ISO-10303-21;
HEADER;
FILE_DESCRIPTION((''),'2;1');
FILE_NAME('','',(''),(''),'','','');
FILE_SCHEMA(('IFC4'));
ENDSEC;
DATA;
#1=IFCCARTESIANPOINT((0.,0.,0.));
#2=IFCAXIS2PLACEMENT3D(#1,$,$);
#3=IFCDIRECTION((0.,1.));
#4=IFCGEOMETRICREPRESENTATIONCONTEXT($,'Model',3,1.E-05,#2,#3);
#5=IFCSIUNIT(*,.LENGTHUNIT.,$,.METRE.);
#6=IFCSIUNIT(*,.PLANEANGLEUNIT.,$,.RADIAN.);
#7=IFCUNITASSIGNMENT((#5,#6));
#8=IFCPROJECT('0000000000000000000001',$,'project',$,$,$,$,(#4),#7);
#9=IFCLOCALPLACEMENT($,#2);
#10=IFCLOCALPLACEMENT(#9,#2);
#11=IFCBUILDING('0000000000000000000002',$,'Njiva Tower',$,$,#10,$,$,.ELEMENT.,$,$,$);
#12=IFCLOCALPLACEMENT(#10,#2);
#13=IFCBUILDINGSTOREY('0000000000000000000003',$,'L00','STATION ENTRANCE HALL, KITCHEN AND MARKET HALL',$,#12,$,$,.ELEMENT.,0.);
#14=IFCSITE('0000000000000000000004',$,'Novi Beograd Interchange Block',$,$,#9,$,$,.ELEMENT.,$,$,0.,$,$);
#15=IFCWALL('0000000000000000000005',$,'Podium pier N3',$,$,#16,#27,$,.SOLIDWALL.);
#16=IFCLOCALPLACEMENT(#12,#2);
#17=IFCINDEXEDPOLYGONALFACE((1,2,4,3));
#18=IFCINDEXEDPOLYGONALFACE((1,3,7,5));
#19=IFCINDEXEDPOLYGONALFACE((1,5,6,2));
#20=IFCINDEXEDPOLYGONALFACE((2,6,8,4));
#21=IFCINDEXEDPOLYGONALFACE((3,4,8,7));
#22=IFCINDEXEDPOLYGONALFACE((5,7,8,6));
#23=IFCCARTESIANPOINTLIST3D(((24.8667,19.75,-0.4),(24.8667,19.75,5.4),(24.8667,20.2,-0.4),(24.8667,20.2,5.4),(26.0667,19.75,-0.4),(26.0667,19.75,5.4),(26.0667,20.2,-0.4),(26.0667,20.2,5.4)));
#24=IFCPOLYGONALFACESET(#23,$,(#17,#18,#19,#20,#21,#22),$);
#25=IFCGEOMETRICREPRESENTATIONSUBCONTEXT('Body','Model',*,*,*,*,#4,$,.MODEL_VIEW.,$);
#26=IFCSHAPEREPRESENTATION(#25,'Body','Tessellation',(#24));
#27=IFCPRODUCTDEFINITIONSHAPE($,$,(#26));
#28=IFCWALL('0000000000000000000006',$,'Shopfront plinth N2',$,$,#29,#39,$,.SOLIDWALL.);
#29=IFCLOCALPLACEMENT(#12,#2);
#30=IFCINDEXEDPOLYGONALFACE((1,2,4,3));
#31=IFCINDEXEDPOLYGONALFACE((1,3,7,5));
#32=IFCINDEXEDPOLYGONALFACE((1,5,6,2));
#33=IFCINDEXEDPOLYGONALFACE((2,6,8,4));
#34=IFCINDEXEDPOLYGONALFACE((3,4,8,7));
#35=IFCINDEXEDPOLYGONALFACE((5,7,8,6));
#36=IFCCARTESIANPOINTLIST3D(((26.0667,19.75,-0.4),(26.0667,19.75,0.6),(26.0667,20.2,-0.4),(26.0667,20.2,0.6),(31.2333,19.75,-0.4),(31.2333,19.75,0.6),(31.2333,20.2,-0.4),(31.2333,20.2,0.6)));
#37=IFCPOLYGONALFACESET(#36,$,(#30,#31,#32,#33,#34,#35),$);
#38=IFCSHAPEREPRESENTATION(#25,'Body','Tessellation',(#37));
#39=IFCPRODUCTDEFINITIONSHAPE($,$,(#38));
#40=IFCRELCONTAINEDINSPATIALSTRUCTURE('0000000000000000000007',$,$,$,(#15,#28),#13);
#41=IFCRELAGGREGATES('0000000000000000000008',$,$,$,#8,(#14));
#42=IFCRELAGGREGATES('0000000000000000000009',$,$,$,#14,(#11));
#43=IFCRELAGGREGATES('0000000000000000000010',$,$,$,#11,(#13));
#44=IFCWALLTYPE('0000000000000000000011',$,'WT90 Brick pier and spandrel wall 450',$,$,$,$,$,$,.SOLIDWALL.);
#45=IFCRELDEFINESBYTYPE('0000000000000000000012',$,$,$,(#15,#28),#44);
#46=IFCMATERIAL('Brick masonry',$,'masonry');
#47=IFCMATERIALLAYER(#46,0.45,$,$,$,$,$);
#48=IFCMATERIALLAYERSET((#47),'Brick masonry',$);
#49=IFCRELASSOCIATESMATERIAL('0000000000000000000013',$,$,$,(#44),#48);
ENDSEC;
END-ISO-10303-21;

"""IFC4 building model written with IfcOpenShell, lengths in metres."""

from ifc_helpers import new_model, si_unit, direction, frame, origin, place, context, subcontext, project, spatial, polyline, outline, extrude, material, layer, layer_set, type_object, element, save


model = new_model("IFC4")

# Units and contexts
model_context = context("Model", 3, precision=1e-05, world=origin(), true_north=direction((0.0, 1.0)))
body_context = subcontext(model_context, "Body", "Model", "MODEL_VIEW")
ifc_project = project(units=[si_unit("LENGTHUNIT", "METRE"), si_unit("PLANEANGLEUNIT", "RADIAN")], contexts=[model_context])

# Site, building, storey
site_placement = place(None, origin())
site = spatial("IfcSite", under=ifc_project, at=site_placement, Name="Novi Beograd Interchange Block", CompositionType="ELEMENT", RefElevation=0.0)
building_placement = place(site_placement, origin())
building = spatial("IfcBuilding", under=site, at=building_placement, Name="Njiva Tower", CompositionType="ELEMENT")
storey_placement = place(building_placement, origin())
storey = spatial("IfcBuildingStorey", under=building, at=storey_placement, Name="L00", Description="STATION ENTRANCE HALL, KITCHEN AND MARKET HALL", CompositionType="ELEMENT", Elevation=0.0)

# Walls
ifc_material_1 = material(Name="Brick masonry", Category="masonry")
ifc_layer_1 = layer(ifc_material_1, 0.45)
ifc_layer_set_1 = layer_set([ifc_layer_1], Name="Brick masonry")
wall_type = type_object("IfcWallType", Name="WT90 Brick pier and spandrel wall 450", PredefinedType="SOLIDWALL", material=ifc_layer_set_1)
for number, where, z_axis, x_axis, name in (
    (1, (26.0667, 19.975, -0.4), (0.0, 0.0, 1.0), (-1.0, 0.0, 0.0), "Podium pier N3"),
):
    element("IfcWall", number, at=place(storey_placement, frame(where, z_axis=z_axis, x_axis=x_axis)), inside=storey, type_object=wall_type, Name=name, PredefinedType="SOLIDWALL", context=body_context, shape_type="SweptSolid", body=[
        extrude(outline(polyline([(0.0, -0.225), (1.2, -0.225), (1.2, 0.225), (0.0, 0.225), (0.0, -0.225)])), origin(), (0.0, 0.0, 1.0), 5.8),
    ])
wall_placement = place(storey_placement, frame((31.2333, 19.975, -0.4), z_axis=(0.0, 0.0, 1.0), x_axis=(-1.0, 0.0, 0.0)))
element("IfcWall", 2, at=wall_placement, inside=storey, type_object=wall_type, Name="Shopfront plinth N2", PredefinedType="SOLIDWALL", context=body_context, shape_type="SweptSolid", body=[
    extrude(outline(polyline([(0.0, -0.225), (5.1666, -0.225), (5.1666, 0.225), (0.0, 0.225), (0.0, -0.225)])), origin(), (0.0, 0.0, 1.0), 1.0),
])

save(model, "model.ifc")
